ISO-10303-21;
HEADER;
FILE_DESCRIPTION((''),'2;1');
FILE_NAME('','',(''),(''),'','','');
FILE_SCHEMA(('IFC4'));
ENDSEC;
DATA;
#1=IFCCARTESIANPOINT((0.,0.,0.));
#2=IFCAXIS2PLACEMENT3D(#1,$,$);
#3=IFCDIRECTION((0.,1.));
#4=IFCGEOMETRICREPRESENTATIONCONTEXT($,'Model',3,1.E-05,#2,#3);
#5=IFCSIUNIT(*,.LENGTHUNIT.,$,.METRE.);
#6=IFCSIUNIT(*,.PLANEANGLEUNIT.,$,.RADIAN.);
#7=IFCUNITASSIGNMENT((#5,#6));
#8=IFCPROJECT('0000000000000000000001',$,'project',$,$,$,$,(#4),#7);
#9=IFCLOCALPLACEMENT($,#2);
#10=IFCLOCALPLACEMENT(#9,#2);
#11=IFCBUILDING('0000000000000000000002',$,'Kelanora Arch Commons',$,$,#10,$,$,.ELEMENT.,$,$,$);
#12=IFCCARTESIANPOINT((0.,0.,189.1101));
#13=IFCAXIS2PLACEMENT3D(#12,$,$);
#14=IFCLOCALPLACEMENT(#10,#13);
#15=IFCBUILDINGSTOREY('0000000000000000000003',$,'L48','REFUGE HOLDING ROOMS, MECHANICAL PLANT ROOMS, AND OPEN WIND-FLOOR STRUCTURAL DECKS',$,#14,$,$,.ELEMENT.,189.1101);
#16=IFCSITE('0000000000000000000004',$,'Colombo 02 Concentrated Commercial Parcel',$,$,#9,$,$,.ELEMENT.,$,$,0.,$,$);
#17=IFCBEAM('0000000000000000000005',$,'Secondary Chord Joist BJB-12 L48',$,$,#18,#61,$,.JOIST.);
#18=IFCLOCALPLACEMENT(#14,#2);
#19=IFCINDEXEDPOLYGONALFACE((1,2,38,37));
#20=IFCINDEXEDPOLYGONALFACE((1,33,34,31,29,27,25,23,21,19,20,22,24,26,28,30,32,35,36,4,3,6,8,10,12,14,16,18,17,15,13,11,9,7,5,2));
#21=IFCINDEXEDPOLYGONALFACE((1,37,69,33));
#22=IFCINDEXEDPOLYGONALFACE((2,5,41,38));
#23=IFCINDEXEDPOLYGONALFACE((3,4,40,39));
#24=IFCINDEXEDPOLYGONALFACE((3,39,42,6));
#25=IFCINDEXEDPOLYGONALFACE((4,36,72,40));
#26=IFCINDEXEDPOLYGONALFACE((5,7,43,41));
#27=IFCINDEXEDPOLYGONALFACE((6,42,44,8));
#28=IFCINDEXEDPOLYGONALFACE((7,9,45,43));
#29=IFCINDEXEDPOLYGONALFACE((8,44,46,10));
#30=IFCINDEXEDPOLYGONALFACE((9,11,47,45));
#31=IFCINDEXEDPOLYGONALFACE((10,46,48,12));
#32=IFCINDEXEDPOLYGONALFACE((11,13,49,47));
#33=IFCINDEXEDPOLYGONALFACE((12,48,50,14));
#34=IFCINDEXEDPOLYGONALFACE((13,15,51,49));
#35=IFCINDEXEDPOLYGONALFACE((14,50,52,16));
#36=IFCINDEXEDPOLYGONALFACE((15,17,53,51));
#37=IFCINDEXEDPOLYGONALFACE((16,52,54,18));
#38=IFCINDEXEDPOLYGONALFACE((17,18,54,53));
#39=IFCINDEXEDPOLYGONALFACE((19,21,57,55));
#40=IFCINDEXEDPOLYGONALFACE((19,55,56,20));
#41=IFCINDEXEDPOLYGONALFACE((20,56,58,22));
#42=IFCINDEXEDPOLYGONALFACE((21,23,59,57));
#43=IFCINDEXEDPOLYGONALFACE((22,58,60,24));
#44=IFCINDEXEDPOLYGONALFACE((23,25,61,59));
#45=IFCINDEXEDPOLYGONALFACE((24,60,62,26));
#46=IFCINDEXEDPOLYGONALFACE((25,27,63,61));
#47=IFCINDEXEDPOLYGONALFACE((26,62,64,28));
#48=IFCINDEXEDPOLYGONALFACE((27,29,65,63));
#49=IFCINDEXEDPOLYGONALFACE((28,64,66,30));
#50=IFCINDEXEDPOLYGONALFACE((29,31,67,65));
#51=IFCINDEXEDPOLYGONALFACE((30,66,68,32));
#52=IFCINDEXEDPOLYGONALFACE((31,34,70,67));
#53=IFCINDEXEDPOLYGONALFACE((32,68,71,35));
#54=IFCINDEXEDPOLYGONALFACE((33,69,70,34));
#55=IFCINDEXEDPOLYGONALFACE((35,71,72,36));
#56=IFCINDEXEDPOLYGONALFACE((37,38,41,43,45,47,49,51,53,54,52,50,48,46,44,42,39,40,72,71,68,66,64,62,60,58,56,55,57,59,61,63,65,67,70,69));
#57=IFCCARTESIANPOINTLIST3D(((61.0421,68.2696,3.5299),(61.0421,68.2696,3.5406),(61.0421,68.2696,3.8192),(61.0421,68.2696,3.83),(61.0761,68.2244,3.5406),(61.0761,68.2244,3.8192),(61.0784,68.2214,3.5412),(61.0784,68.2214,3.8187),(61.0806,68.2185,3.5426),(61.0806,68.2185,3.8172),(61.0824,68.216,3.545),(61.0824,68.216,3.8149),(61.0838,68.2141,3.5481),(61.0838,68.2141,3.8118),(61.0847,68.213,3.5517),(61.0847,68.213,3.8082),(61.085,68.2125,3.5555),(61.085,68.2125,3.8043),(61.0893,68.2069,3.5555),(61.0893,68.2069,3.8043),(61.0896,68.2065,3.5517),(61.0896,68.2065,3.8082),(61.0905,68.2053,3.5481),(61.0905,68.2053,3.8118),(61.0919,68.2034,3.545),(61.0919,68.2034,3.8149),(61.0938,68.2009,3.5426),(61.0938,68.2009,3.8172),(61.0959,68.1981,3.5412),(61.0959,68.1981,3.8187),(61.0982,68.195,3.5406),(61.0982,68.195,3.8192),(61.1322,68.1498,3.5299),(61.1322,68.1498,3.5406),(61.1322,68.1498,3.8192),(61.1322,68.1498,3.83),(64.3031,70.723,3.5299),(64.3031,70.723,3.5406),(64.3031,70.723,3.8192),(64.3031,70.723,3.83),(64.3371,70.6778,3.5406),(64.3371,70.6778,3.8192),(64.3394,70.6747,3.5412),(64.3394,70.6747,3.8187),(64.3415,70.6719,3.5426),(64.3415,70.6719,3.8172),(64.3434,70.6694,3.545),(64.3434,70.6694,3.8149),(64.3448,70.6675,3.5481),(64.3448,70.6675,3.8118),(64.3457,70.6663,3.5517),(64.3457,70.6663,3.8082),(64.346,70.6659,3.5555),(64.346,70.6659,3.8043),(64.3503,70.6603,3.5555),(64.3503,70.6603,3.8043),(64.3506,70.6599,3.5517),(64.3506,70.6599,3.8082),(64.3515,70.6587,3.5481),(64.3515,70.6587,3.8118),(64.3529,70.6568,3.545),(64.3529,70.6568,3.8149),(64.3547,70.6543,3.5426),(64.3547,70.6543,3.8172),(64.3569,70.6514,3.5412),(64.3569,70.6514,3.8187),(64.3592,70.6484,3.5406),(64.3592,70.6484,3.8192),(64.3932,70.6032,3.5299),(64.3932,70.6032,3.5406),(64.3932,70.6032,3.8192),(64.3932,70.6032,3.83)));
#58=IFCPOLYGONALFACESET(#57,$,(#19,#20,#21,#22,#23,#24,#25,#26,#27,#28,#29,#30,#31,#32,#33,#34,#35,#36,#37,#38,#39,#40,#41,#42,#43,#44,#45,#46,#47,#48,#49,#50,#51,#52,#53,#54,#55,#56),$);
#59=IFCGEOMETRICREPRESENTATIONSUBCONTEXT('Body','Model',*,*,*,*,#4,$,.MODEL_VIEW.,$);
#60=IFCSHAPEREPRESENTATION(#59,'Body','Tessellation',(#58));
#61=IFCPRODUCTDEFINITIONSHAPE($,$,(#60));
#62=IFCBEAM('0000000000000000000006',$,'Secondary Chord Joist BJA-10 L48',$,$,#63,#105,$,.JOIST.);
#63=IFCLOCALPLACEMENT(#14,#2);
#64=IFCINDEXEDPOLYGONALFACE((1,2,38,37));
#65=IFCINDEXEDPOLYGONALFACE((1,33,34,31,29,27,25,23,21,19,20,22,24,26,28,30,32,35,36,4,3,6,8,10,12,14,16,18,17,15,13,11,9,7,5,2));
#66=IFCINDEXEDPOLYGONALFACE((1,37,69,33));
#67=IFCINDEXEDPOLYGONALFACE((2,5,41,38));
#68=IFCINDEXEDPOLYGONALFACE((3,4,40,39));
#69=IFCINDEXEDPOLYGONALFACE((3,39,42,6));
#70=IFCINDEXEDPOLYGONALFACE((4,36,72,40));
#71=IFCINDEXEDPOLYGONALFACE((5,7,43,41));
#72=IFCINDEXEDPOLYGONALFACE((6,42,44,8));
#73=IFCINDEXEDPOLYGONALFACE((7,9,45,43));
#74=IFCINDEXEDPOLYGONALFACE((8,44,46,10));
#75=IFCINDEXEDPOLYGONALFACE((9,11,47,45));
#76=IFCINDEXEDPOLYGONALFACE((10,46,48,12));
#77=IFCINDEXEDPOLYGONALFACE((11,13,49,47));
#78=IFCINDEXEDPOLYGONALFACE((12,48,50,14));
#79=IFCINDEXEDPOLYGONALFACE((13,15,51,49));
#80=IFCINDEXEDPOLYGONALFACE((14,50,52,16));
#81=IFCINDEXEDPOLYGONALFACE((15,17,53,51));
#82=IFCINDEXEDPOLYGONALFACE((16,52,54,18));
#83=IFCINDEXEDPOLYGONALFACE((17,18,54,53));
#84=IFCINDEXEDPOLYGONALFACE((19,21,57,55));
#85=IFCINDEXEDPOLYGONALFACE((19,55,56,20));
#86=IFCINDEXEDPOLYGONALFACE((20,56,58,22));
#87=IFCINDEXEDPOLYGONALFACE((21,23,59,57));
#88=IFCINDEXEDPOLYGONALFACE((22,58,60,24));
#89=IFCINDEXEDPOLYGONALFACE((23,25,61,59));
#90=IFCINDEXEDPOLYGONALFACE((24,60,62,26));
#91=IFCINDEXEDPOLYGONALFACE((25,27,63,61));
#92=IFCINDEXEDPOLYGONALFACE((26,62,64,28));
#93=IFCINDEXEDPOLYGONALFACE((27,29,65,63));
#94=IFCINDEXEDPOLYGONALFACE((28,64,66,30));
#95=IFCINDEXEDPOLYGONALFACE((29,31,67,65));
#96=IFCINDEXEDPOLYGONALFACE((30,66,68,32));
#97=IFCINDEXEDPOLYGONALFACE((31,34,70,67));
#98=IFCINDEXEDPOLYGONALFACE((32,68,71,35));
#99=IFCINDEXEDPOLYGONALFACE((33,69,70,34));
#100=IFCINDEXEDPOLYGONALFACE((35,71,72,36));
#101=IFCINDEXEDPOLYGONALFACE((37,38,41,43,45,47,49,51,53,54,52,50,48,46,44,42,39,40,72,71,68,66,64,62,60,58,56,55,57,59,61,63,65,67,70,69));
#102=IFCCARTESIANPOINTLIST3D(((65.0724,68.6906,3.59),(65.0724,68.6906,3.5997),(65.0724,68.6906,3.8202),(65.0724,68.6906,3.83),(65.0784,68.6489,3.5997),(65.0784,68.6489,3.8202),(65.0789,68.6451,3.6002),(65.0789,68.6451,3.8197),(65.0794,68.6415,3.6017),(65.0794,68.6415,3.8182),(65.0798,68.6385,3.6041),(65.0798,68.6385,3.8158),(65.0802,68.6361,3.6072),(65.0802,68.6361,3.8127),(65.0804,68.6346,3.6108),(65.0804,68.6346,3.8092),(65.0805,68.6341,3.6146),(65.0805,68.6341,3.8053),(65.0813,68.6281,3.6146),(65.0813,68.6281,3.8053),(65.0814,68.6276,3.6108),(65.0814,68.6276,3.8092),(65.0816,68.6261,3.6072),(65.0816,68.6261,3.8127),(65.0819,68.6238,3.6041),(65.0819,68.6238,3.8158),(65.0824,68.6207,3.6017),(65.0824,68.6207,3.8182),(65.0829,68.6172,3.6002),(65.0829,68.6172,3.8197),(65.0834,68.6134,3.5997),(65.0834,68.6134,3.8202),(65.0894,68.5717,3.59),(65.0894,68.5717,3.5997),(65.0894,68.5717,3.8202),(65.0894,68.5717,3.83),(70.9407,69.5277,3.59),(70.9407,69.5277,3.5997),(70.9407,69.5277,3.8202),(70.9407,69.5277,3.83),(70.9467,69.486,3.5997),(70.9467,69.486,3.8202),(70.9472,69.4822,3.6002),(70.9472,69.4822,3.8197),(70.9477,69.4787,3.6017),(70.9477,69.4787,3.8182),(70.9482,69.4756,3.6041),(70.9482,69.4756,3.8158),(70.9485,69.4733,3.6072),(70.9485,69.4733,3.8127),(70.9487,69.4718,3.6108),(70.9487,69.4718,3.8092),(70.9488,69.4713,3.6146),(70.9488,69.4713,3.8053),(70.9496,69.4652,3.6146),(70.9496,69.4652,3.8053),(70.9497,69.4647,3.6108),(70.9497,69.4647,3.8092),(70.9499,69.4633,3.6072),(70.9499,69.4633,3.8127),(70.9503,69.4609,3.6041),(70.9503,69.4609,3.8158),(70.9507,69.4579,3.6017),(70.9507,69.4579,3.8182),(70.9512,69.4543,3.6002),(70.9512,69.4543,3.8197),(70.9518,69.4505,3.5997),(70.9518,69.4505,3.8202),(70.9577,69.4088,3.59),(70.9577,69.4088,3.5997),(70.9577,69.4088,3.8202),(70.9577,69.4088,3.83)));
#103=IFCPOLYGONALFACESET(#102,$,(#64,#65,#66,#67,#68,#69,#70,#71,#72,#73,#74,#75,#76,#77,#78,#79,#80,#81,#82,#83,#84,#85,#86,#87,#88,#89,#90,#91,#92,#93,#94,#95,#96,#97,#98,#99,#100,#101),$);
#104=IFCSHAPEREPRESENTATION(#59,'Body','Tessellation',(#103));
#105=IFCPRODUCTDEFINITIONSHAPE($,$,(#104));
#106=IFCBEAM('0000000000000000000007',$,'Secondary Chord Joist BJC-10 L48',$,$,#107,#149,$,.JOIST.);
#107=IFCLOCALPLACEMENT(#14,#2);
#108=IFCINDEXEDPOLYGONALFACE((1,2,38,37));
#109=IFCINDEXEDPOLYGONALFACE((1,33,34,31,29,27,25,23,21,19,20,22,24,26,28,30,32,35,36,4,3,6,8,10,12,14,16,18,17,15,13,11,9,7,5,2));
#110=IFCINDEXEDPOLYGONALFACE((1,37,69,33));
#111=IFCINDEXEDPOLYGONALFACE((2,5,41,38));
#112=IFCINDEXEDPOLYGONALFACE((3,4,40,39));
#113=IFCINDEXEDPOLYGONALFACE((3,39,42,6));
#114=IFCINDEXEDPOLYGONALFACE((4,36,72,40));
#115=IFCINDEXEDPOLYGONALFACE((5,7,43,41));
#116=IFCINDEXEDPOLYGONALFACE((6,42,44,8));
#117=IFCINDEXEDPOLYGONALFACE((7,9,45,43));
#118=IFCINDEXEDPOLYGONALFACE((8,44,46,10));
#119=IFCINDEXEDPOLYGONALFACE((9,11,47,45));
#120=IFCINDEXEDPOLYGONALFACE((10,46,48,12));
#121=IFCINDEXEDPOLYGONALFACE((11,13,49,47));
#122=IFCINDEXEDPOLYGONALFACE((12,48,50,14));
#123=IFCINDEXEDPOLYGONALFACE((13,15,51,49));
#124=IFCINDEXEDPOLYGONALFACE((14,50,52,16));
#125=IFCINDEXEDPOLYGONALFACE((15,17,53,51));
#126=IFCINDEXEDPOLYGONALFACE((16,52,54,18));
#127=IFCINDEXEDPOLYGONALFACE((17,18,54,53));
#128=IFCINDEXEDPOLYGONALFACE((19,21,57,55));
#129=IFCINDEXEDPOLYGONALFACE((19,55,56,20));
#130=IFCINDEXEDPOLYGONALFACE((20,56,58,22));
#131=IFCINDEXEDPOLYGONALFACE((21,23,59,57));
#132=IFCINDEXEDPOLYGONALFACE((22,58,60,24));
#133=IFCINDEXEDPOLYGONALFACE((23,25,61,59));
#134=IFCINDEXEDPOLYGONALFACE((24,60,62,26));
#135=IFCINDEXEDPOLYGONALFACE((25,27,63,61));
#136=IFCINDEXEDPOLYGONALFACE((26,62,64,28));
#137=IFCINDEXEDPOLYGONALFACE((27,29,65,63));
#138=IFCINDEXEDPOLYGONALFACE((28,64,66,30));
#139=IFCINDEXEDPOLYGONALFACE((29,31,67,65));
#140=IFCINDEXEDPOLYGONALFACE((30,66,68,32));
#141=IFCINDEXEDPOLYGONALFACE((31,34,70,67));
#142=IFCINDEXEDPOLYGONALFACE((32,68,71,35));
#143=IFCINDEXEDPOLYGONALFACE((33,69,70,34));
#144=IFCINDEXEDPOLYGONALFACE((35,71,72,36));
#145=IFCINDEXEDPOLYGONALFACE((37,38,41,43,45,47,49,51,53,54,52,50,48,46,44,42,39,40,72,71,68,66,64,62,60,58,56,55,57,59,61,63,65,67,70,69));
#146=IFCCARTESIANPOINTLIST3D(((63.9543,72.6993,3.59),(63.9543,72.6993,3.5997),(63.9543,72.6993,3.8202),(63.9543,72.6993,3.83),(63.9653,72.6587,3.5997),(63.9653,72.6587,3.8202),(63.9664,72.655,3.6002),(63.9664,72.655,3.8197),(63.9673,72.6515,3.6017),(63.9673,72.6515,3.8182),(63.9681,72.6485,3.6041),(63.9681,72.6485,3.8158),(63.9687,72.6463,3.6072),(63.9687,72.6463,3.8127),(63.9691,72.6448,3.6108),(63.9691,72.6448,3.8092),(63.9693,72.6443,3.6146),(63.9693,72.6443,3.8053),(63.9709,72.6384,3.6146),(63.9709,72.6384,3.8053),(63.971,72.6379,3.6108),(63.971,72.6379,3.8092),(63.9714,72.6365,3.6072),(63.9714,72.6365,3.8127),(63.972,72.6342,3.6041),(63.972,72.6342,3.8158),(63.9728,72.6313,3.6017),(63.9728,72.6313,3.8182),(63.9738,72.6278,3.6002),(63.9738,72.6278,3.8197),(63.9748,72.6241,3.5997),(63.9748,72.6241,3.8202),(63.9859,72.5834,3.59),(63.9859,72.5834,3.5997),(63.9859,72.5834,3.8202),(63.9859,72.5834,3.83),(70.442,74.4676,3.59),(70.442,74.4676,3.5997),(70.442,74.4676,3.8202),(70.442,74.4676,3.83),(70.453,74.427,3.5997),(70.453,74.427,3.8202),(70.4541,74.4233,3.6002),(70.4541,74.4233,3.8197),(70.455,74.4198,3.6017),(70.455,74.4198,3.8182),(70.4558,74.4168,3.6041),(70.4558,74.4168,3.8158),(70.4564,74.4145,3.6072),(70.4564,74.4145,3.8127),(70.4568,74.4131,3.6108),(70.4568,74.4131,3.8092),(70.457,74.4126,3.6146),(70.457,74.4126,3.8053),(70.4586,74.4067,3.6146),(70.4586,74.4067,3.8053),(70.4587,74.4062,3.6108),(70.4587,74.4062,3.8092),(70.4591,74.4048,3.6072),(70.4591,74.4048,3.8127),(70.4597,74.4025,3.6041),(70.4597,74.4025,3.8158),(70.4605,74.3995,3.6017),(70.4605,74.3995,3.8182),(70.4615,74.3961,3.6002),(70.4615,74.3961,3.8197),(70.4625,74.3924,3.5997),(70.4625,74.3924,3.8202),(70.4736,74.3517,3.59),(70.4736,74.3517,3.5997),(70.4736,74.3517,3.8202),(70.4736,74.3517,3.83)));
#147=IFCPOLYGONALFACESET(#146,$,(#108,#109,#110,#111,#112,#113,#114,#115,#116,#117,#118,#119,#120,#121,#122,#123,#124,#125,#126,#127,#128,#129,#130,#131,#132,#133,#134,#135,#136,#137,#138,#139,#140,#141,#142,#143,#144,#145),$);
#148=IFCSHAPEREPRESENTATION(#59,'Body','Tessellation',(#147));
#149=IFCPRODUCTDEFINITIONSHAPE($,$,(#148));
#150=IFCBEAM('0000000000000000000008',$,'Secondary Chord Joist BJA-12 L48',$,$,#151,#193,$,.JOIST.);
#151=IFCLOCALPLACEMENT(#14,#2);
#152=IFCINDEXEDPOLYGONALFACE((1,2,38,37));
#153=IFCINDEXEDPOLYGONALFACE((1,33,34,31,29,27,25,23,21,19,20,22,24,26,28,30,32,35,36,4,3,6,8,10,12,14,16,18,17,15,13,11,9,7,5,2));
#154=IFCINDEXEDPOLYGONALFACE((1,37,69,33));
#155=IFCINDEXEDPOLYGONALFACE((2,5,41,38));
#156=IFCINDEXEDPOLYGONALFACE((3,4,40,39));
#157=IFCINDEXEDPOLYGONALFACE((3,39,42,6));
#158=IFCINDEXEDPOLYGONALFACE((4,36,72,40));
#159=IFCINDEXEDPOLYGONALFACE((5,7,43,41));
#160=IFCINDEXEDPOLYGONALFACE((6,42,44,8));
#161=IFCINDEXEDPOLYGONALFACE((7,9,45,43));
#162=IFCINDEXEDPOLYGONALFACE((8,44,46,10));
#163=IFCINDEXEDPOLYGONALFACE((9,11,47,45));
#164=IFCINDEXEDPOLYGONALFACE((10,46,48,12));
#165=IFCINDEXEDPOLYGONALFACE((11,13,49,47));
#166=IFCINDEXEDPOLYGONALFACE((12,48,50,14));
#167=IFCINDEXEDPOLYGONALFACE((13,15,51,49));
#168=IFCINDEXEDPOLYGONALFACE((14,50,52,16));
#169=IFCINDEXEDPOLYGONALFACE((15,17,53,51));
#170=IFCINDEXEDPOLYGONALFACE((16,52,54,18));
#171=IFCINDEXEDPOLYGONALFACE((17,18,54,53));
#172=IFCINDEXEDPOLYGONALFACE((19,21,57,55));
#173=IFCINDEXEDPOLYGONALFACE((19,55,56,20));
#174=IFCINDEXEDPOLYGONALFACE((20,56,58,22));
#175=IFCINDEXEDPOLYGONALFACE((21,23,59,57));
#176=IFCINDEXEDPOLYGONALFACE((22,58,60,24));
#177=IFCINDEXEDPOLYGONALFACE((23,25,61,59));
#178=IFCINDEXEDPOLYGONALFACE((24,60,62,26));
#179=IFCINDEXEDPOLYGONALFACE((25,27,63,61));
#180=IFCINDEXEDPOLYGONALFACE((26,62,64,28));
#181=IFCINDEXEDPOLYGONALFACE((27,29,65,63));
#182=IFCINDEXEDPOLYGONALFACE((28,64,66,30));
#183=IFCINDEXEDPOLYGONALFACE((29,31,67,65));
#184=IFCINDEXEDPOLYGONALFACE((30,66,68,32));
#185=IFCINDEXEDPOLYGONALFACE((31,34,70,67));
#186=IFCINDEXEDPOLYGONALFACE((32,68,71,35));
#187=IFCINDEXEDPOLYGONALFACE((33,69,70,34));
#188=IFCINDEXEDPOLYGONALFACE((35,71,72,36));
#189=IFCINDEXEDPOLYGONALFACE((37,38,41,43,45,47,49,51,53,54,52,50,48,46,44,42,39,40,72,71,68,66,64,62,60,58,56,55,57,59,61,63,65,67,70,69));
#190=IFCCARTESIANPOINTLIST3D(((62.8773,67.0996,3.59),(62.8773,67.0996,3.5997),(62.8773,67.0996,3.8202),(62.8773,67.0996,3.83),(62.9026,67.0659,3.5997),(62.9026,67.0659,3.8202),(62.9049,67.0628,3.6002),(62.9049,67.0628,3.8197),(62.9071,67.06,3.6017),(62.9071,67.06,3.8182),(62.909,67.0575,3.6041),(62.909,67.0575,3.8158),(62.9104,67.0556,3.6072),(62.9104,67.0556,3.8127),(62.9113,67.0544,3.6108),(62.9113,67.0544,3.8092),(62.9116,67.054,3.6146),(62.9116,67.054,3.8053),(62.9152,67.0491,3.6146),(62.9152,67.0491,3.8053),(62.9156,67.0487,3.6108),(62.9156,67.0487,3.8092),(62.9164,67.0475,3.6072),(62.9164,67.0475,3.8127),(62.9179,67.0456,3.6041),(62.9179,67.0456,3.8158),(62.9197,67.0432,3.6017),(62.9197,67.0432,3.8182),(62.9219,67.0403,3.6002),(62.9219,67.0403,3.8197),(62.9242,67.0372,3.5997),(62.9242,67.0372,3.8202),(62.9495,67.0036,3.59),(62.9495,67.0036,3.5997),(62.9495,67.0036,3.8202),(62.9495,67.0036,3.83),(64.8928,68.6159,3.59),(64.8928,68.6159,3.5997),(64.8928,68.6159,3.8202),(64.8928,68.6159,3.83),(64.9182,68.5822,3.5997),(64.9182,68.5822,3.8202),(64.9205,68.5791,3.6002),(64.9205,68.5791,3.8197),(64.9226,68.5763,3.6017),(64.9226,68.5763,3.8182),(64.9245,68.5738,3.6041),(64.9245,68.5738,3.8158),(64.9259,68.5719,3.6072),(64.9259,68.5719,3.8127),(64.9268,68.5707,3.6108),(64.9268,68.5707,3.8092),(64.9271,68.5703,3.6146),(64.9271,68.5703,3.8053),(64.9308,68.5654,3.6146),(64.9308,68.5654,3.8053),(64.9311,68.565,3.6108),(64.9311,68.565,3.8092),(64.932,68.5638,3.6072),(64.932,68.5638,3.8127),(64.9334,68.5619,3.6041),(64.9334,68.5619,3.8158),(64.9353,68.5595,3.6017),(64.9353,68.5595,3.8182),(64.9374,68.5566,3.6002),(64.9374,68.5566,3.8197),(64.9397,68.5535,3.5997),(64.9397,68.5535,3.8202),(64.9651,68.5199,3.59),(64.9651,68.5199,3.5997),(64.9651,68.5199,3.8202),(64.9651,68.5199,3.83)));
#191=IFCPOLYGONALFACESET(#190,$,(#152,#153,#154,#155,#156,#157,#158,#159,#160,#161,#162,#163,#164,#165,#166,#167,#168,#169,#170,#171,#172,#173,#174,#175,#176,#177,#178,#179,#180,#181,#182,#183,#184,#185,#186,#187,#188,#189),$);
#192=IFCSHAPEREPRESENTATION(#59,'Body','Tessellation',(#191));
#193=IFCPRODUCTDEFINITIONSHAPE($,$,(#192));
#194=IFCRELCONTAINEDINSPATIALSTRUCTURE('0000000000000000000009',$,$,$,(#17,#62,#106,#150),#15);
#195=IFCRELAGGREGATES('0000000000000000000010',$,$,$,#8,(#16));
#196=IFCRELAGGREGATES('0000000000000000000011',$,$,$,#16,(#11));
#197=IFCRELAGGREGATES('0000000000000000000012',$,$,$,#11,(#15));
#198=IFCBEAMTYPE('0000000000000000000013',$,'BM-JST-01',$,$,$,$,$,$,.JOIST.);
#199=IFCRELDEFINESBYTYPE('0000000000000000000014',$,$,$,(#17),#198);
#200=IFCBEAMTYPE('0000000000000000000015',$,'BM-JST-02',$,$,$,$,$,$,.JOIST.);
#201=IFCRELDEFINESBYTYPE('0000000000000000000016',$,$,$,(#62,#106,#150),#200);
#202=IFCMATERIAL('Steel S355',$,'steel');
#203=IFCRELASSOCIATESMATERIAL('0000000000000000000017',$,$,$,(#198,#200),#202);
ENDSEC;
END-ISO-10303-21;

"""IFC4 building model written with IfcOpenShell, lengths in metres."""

from ifc_helpers import new_model, si_unit, direction, frame, origin, origin_2d, place, context, subcontext, project, spatial, i_section, extrude, material, material_profile, profile_set, type_object, element, save


model = new_model("IFC4")

# Units and contexts
model_context = context("Model", 3, precision=1e-05, world=origin(), true_north=direction((0.0, 1.0)))
body_context = subcontext(model_context, "Body", "Model", "MODEL_VIEW")
ifc_project = project(units=[si_unit("LENGTHUNIT", "METRE"), si_unit("PLANEANGLEUNIT", "RADIAN")], contexts=[model_context])

# Site, building, storey
site_placement = place(None, origin())
site = spatial("IfcSite", under=ifc_project, at=site_placement, Name="Colombo 02 Concentrated Commercial Parcel", CompositionType="ELEMENT", RefElevation=0.0)
building_placement = place(site_placement, origin())
building = spatial("IfcBuilding", under=site, at=building_placement, Name="Kelanora Arch Commons", CompositionType="ELEMENT")
storey_placement = place(building_placement, frame((0.0, 0.0, 189.1101)))
storey = spatial("IfcBuildingStorey", under=building, at=storey_placement, Name="L48", Description="REFUGE HOLDING ROOMS, MECHANICAL PLANT ROOMS, AND OPEN WIND-FLOOR STRUCTURAL DECKS", CompositionType="ELEMENT", Elevation=189.1101)

# Beams
ifc_material_1 = material(Name="Steel S355", Category="steel")
ifc_material_profile_1 = material_profile(ifc_material_1, i_section(OverallWidth=0.1499, OverallDepth=0.3, WebThickness=0.0071, FlangeThickness=0.0107, FilletRadius=0.0149, at=origin_2d()), Name="IPE300")
ifc_profile_set_1 = profile_set([ifc_material_profile_1], Name="Steel S355")
beam_type_1 = type_object("IfcBeamType", Name="BM-JST-01", PredefinedType="JOIST", material=ifc_profile_set_1)
beam_1_placement = place(storey_placement, frame((64.3481, 70.6631, 3.6799), z_axis=(-0.799102, -0.601196, 0.0), x_axis=(0.601196, -0.799102, 0.0)))
element("IfcBeam", 1, at=beam_1_placement, inside=storey, type_object=beam_type_1, Name="Secondary Chord Joist BJB-12 L48", PredefinedType="JOIST", context=body_context, shape_type="SweptSolid", body=[
    extrude(i_section(OverallWidth=0.1499, OverallDepth=0.3, WebThickness=0.0071, FlangeThickness=0.0107, FilletRadius=0.0149, at=origin_2d()), origin(), (0.0, 0.0, 1.0), 4.0808),
])
ifc_material_profile_2 = material_profile(ifc_material_1, i_section(OverallWidth=0.1201, OverallDepth=0.24, WebThickness=0.0061, FlangeThickness=0.0098, FilletRadius=0.0149, at=origin_2d()), Name="IPE240")
ifc_profile_set_2 = profile_set([ifc_material_profile_2], Name="Steel S355")
beam_type_2 = type_object("IfcBeamType", Name="BM-JST-02", PredefinedType="JOIST", material=ifc_profile_set_2)
beam_2_placement = place(storey_placement, frame((70.9492, 69.4683, 3.71), z_axis=(-0.989977, -0.141225, 0.0), x_axis=(0.141225, -0.989977, 0.0)))
element("IfcBeam", 2, at=beam_2_placement, inside=storey, type_object=beam_type_2, Name="Secondary Chord Joist BJA-10 L48", PredefinedType="JOIST", context=body_context, shape_type="SweptSolid", body=[
    extrude(i_section(OverallWidth=0.1201, OverallDepth=0.24, WebThickness=0.0061, FlangeThickness=0.0098, FilletRadius=0.0149, at=origin_2d()), origin(), (0.0, 0.0, 1.0), 5.9277),
])
beam_3_placement = place(storey_placement, frame((70.4578, 74.4097, 3.71), z_axis=(-0.964805, -0.262967, 0.0), x_axis=(0.262967, -0.964805, 0.0)))
element("IfcBeam", 3, at=beam_3_placement, inside=storey, type_object=beam_type_2, Name="Secondary Chord Joist BJC-10 L48", PredefinedType="JOIST", context=body_context, shape_type="SweptSolid", body=[
    extrude(i_section(OverallWidth=0.1201, OverallDepth=0.24, WebThickness=0.0061, FlangeThickness=0.0098, FilletRadius=0.0149, at=origin_2d()), origin(), (0.0, 0.0, 1.0), 6.7244),
])
beam_4_placement = place(storey_placement, frame((64.929, 68.5679, 3.71), z_axis=(-0.799116, -0.601176, 0.0), x_axis=(0.601176, -0.799116, 0.0)))
element("IfcBeam", 4, at=beam_4_placement, inside=storey, type_object=beam_type_2, Name="Secondary Chord Joist BJA-12 L48", PredefinedType="JOIST", context=body_context, shape_type="SweptSolid", body=[
    extrude(i_section(OverallWidth=0.1201, OverallDepth=0.24, WebThickness=0.0061, FlangeThickness=0.0098, FilletRadius=0.0149, at=origin_2d()), origin(), (0.0, 0.0, 1.0), 2.5222),
])

save(model, "model.ifc")
